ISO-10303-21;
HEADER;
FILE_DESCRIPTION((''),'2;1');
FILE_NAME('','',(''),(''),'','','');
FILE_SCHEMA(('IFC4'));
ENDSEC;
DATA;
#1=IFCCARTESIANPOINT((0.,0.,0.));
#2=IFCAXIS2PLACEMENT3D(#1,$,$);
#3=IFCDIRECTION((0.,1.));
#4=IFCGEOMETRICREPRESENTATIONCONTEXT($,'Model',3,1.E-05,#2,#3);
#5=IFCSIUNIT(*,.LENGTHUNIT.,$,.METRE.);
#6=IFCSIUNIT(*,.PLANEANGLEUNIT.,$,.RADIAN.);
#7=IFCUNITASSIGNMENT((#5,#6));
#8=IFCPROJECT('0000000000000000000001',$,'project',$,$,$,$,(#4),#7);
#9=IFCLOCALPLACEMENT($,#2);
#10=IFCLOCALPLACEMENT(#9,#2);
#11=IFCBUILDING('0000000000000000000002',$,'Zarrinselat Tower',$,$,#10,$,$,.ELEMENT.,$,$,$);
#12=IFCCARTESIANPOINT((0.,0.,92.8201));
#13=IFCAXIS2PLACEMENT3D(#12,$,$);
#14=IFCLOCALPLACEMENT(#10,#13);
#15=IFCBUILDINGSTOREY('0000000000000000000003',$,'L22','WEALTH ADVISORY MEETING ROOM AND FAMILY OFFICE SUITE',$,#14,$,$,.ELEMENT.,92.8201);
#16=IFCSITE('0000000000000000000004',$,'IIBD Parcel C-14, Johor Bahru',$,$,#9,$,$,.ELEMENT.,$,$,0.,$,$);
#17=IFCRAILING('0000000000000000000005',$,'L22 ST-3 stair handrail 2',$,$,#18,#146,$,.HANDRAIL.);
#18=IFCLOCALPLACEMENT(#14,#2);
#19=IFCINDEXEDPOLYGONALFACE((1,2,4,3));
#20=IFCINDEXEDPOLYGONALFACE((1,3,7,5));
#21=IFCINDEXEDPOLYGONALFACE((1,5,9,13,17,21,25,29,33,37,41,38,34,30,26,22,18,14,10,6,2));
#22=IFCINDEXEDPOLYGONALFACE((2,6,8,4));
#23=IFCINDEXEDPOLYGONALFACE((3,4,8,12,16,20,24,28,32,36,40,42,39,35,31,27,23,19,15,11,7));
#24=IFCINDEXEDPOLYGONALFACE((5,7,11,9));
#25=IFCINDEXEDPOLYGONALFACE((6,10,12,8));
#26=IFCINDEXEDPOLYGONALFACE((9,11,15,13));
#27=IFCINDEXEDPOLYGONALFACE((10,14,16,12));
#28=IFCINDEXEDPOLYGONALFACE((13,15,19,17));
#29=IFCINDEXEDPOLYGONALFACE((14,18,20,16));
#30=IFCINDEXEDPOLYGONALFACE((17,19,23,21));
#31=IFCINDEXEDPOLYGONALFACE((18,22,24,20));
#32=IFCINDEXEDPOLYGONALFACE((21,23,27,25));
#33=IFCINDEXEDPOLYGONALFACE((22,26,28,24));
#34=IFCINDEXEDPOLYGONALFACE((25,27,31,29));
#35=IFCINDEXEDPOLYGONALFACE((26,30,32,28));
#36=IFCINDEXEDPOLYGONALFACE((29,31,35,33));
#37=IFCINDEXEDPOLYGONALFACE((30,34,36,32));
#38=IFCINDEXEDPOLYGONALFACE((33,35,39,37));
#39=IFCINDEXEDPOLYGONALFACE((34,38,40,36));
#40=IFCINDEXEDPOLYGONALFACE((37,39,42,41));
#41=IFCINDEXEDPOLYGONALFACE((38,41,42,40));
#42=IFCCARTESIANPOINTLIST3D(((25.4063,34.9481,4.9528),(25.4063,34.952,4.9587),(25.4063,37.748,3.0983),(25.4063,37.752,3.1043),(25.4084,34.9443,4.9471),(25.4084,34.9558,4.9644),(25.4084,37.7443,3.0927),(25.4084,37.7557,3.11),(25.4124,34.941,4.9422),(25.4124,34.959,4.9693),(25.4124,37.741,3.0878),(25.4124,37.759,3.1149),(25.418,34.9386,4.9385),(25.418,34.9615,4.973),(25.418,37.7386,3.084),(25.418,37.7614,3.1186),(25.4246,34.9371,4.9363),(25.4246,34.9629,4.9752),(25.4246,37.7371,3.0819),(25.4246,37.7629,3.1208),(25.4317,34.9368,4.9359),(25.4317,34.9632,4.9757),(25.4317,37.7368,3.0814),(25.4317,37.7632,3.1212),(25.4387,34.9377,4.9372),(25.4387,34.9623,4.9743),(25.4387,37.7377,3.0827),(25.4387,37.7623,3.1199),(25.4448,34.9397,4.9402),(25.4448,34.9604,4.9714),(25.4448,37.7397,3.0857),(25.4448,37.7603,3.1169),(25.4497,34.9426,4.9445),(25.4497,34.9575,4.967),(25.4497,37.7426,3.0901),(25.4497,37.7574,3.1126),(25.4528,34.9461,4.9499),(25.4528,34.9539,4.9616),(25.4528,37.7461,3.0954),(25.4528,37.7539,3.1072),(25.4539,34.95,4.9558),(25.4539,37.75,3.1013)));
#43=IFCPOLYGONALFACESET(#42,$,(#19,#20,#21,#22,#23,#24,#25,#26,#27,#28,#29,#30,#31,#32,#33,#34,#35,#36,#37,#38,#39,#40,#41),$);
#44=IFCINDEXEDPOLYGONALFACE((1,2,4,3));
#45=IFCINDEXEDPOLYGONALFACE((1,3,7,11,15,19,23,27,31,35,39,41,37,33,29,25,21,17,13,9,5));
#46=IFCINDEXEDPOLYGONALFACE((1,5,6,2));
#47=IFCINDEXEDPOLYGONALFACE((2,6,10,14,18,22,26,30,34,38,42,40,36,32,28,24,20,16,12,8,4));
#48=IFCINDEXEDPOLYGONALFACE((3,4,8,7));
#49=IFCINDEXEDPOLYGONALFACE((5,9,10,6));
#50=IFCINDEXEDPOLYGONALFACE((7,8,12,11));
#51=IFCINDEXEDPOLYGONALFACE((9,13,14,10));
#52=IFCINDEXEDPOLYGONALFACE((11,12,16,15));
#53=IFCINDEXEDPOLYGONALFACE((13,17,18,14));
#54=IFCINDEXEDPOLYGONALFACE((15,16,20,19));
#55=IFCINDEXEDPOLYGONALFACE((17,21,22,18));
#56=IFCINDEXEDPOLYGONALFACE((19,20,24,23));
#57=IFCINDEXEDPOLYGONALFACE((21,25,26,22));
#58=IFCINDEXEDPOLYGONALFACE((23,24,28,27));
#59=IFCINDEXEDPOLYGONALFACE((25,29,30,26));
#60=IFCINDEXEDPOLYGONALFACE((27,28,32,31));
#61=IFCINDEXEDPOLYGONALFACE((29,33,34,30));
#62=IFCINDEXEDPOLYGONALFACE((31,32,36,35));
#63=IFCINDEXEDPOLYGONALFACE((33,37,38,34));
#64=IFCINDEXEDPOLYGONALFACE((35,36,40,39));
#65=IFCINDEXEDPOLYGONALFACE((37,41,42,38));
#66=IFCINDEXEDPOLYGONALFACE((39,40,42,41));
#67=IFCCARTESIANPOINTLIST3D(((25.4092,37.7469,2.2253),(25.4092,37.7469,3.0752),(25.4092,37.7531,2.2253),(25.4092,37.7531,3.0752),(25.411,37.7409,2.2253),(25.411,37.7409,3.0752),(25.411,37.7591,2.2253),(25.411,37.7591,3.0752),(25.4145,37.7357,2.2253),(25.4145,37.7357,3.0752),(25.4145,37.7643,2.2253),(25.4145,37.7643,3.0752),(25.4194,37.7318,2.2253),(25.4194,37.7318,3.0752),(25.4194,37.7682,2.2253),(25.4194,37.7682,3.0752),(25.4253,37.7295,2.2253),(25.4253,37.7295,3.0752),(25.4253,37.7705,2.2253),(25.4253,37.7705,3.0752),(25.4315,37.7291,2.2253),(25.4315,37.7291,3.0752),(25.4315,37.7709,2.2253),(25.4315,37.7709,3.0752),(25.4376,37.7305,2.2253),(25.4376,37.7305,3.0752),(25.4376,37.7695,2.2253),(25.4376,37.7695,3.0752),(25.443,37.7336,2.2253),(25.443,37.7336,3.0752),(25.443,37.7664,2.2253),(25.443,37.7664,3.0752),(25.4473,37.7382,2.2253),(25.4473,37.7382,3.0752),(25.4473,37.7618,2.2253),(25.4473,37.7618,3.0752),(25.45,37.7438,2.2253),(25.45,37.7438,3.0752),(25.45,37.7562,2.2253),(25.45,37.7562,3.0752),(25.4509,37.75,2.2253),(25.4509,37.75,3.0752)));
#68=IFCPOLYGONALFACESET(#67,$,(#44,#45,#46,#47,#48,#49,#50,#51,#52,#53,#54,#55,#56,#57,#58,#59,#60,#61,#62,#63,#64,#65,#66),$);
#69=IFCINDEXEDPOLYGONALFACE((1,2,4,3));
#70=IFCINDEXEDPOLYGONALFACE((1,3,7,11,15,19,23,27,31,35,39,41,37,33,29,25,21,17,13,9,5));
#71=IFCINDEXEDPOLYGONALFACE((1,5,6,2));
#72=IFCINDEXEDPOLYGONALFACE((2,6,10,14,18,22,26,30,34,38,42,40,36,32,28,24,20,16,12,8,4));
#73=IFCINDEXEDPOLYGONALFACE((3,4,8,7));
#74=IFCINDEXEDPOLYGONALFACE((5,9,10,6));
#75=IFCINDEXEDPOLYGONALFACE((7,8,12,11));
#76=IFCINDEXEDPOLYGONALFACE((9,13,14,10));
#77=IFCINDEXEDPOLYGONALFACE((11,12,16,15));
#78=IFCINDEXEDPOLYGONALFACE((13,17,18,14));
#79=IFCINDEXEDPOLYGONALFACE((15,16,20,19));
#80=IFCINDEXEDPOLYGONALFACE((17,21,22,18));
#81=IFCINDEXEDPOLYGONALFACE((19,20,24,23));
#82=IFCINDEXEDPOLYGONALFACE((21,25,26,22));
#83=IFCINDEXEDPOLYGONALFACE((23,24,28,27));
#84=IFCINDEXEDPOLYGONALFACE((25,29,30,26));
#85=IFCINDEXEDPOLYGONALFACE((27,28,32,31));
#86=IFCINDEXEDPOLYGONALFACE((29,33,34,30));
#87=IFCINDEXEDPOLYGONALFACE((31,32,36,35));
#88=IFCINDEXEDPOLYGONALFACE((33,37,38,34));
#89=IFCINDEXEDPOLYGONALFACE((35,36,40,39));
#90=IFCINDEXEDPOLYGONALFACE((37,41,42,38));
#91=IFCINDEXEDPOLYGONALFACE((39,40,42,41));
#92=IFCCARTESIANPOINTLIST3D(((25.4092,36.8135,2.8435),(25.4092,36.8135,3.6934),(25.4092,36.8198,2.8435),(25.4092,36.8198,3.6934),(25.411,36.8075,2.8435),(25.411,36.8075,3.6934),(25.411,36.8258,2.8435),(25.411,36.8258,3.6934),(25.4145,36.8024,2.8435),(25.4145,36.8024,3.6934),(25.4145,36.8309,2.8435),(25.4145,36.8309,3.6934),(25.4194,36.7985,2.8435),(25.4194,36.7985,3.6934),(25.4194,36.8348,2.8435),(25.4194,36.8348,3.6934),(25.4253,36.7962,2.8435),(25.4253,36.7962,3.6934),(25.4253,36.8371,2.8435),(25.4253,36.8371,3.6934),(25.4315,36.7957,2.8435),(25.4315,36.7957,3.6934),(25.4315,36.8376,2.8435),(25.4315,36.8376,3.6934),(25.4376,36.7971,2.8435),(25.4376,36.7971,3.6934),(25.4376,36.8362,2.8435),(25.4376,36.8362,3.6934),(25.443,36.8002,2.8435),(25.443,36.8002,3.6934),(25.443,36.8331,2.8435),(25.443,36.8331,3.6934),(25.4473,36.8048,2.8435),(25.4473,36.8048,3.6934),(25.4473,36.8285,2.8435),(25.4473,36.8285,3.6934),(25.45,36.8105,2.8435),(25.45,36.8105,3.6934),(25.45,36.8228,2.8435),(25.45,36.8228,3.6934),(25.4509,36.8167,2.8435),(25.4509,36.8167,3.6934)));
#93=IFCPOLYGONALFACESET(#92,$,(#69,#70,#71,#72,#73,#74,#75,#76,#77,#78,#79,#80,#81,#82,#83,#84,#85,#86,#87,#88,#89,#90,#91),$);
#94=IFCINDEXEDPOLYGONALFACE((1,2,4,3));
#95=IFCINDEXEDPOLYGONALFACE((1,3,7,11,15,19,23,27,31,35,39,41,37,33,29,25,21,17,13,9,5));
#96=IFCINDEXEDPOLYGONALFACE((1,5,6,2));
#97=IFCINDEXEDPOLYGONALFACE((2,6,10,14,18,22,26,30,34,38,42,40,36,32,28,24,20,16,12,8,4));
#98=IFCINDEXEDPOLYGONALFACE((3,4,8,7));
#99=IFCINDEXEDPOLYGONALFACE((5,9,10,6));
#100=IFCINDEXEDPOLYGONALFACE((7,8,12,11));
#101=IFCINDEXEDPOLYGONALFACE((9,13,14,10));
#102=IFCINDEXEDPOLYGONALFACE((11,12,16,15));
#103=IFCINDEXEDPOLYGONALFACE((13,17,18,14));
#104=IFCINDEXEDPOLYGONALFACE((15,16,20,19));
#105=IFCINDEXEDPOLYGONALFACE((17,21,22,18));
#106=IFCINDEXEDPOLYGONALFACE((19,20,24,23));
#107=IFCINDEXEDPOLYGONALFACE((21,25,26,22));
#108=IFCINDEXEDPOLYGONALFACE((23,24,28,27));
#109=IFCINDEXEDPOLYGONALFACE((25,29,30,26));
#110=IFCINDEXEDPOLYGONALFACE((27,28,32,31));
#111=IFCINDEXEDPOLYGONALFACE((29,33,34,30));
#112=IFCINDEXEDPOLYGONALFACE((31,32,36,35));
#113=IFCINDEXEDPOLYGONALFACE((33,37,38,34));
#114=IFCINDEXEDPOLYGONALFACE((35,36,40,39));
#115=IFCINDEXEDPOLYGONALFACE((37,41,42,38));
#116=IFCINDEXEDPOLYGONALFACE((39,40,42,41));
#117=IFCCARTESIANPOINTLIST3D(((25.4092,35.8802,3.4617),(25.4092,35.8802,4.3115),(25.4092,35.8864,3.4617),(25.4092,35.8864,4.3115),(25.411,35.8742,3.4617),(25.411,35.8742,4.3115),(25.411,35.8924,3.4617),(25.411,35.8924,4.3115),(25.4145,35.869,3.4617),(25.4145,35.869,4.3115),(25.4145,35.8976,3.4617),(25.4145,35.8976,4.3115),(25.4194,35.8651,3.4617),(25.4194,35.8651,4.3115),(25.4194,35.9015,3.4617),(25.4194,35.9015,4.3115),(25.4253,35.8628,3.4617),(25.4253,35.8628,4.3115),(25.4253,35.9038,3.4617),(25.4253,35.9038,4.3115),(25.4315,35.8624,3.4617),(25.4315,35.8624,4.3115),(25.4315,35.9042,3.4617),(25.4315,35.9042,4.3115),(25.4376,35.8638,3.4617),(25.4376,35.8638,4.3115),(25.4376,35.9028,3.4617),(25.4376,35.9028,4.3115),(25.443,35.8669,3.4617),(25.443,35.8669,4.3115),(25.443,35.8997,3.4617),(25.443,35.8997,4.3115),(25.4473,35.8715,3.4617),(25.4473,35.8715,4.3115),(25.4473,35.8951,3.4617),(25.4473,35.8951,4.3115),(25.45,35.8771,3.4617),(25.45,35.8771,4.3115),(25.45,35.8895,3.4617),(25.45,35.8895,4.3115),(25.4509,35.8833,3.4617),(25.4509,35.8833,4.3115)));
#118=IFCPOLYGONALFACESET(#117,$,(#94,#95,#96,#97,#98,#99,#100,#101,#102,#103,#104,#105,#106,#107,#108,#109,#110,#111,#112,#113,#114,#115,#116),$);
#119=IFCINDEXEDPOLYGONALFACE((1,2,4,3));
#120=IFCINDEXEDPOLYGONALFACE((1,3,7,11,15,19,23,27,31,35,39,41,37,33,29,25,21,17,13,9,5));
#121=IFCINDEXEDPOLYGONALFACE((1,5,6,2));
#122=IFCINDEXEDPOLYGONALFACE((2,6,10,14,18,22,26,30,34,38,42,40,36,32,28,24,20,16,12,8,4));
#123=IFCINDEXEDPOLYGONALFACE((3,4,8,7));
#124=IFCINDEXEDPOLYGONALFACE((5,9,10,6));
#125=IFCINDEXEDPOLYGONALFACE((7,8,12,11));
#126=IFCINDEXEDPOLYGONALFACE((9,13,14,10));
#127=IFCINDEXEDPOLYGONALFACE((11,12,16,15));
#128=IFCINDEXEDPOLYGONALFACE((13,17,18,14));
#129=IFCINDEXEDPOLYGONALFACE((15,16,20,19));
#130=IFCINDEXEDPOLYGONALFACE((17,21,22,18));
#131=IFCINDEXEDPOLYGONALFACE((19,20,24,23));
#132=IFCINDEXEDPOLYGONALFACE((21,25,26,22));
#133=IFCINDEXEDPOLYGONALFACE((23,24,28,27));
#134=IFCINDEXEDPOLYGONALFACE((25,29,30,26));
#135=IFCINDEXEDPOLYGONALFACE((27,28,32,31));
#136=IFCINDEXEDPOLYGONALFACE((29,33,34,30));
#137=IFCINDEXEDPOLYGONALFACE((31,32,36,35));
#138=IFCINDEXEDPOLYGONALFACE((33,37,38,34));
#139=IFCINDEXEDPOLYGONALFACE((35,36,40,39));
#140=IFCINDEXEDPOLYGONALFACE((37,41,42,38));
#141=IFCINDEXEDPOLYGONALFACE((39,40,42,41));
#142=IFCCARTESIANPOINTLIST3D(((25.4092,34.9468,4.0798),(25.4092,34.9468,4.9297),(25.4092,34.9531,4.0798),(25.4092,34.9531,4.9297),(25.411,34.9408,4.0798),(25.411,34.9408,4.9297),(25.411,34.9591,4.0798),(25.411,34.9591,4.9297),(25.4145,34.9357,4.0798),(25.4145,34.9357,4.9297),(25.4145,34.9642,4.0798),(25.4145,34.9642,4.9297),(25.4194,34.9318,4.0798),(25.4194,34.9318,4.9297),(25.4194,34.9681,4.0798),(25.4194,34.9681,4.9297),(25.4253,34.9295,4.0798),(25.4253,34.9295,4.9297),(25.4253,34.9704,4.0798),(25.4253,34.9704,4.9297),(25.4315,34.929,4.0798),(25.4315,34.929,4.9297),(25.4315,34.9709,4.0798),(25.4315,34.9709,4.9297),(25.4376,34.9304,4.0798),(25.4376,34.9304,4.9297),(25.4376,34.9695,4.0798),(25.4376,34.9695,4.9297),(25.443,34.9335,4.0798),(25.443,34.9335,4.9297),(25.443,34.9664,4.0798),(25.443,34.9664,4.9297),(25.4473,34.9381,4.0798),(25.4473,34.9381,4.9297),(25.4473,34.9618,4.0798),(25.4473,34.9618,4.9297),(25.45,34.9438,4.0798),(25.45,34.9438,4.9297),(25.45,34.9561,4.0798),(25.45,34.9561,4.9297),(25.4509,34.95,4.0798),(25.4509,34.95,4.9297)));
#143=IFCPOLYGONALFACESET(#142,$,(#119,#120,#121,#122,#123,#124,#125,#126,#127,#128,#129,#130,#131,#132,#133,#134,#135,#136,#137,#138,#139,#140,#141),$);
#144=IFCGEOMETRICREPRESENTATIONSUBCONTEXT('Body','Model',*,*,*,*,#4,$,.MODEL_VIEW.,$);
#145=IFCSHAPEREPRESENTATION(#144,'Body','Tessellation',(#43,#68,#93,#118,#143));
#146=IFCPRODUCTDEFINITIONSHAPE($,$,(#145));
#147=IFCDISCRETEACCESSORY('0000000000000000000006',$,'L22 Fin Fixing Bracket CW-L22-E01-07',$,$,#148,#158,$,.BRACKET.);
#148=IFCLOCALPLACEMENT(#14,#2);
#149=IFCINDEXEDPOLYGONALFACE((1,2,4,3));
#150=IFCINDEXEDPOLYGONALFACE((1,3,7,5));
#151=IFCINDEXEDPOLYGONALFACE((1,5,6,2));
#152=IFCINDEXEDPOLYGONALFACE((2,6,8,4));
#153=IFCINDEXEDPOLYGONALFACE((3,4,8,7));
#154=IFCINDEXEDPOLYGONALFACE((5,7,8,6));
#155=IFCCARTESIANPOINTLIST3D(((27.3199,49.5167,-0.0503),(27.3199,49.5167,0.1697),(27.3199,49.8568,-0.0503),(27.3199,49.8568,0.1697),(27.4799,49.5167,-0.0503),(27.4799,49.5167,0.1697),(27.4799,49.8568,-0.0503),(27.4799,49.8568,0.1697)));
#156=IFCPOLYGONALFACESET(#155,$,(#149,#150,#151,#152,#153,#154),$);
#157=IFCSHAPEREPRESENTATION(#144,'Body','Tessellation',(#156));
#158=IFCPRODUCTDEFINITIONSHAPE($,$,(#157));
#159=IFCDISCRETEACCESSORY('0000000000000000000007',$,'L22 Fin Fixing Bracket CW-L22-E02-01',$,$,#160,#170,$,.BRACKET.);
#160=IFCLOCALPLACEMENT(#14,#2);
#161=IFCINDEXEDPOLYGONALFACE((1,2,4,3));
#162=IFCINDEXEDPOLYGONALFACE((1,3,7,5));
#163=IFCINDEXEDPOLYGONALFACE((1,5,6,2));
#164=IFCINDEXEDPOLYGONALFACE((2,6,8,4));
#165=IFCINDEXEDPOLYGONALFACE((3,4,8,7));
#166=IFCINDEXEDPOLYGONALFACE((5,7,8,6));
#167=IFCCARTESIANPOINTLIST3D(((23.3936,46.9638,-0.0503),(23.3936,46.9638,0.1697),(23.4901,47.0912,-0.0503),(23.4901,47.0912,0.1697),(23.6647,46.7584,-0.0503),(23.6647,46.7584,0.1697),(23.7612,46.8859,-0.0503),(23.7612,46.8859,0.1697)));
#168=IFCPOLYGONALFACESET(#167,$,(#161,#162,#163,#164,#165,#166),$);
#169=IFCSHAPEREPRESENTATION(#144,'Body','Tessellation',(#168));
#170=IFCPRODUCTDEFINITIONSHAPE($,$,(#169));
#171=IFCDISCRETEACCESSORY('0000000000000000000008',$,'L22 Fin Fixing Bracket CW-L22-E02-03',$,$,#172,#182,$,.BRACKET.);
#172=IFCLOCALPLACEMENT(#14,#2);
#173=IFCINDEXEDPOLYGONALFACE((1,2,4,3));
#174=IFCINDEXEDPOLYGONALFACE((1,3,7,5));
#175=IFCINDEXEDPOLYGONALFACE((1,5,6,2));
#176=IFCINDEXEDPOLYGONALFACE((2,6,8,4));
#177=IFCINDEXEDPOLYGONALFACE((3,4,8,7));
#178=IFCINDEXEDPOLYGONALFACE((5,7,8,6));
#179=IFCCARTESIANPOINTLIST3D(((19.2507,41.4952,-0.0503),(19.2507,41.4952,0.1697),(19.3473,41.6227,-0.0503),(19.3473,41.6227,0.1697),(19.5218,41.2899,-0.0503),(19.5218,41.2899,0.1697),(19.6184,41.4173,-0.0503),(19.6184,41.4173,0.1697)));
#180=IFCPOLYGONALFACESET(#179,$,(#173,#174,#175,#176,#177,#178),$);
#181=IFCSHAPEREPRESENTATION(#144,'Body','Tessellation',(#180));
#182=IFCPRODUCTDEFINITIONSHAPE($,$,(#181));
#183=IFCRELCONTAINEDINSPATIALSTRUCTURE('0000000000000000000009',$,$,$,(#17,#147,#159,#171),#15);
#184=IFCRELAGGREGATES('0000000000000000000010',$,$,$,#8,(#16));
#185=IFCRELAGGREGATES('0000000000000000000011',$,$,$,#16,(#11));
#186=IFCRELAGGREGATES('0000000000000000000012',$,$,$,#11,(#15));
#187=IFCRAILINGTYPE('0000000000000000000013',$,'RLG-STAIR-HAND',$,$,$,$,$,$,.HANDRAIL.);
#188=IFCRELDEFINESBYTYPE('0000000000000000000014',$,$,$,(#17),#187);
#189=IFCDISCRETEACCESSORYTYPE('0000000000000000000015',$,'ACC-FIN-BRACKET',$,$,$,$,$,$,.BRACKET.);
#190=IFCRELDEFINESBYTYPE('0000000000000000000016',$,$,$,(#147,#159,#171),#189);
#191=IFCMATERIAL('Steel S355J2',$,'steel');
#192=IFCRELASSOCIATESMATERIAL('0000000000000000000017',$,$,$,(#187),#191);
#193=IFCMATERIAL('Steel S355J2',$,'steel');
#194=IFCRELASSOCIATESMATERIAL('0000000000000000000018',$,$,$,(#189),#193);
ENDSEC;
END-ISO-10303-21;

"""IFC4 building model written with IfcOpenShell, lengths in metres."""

from ifc_helpers import new_model, si_unit, direction, frame, origin, origin_2d, place, context, subcontext, project, spatial, rectangle, circle, extrude, material, type_object, element, save


model = new_model("IFC4")

# Units and contexts
model_context = context("Model", 3, precision=1e-05, world=origin(), true_north=direction((0.0, 1.0)))
body_context = subcontext(model_context, "Body", "Model", "MODEL_VIEW")
ifc_project = project(units=[si_unit("LENGTHUNIT", "METRE"), si_unit("PLANEANGLEUNIT", "RADIAN")], contexts=[model_context])

# Site, building, storey
site_placement = place(None, origin())
site = spatial("IfcSite", under=ifc_project, at=site_placement, Name="IIBD Parcel C-14, Johor Bahru", CompositionType="ELEMENT", RefElevation=0.0)
building_placement = place(site_placement, origin())
building = spatial("IfcBuilding", under=site, at=building_placement, Name="Zarrinselat Tower", CompositionType="ELEMENT")
storey_placement = place(building_placement, frame((0.0, 0.0, 92.8201)))
storey = spatial("IfcBuildingStorey", under=building, at=storey_placement, Name="L22", Description="WEALTH ADVISORY MEETING ROOM AND FAMILY OFFICE SUITE", CompositionType="ELEMENT", Elevation=92.8201)

# Railing
ifc_material_1 = material(Name="Steel S355J2", Category="steel")
railing_type_1 = type_object("IfcRailingType", Name="RLG-STAIR-HAND", PredefinedType="HANDRAIL", material=ifc_material_1)
railing_1_placement = place(storey_placement, frame((25.4299, 37.75, 2.2253)))
element("IfcRailing", 1, at=railing_1_placement, inside=storey, type_object=railing_type_1, Name="L22 ST-3 stair handrail 2", PredefinedType="HANDRAIL", context=body_context, shape_type="SweptSolid", body=[
    extrude(circle(Radius=0.0239, at=origin_2d()), frame((0.0, 0.0, 0.876), z_axis=(0.0, -0.833724, 0.552181), x_axis=(1.0, 0.0, 0.0)), (0.0, 0.0, 1.0), 3.3584),
    extrude(circle(Radius=0.021, at=origin_2d()), origin(), (0.0, 0.0, 1.0), 0.8499),
    extrude(circle(Radius=0.021, at=origin_2d()), frame((0.0, -0.9333, 0.6182)), (0.0, 0.0, 1.0), 0.8499),
    extrude(circle(Radius=0.021, at=origin_2d()), frame((0.0, -1.8667, 1.2363)), (0.0, 0.0, 1.0), 0.8499),
    extrude(circle(Radius=0.021, at=origin_2d()), frame((0.0, -2.8, 1.8545)), (0.0, 0.0, 1.0), 0.8499),
])

# Discrete accessories
ifc_material_2 = material(Name="Steel S355J2", Category="steel")
discrete_accessory_type = type_object("IfcDiscreteAccessoryType", Name="ACC-FIN-BRACKET", PredefinedType="BRACKET", material=ifc_material_2)
for number, where, z_axis, x_axis, name in (
    (2, (27.3999, 49.6868, -0.0503), (0.0, 0.0, 1.0), (0.0, 1.0, 0.0), "L22 Fin Fixing Bracket CW-L22-E01-07"),
    (3, (23.5774, 46.9248, -0.0503), (0.0, 0.0, 1.0), (-0.797093, 0.603857, 0.0), "L22 Fin Fixing Bracket CW-L22-E02-01"),
    (4, (19.4346, 41.4563, -0.0503), (0.0, 0.0, 1.0), (-0.797093, 0.603857, 0.0), "L22 Fin Fixing Bracket CW-L22-E02-03"),
):
    element("IfcDiscreteAccessory", number, at=place(storey_placement, frame(where, z_axis=z_axis, x_axis=x_axis)), inside=storey, type_object=discrete_accessory_type, Name=name, PredefinedType="BRACKET", context=body_context, shape_type="SweptSolid", body=[
        extrude(rectangle(XDim=0.3401, YDim=0.1599, at=origin_2d()), origin(), (0.0, 0.0, 1.0), 0.22),
    ])

save(model, "model.ifc")
